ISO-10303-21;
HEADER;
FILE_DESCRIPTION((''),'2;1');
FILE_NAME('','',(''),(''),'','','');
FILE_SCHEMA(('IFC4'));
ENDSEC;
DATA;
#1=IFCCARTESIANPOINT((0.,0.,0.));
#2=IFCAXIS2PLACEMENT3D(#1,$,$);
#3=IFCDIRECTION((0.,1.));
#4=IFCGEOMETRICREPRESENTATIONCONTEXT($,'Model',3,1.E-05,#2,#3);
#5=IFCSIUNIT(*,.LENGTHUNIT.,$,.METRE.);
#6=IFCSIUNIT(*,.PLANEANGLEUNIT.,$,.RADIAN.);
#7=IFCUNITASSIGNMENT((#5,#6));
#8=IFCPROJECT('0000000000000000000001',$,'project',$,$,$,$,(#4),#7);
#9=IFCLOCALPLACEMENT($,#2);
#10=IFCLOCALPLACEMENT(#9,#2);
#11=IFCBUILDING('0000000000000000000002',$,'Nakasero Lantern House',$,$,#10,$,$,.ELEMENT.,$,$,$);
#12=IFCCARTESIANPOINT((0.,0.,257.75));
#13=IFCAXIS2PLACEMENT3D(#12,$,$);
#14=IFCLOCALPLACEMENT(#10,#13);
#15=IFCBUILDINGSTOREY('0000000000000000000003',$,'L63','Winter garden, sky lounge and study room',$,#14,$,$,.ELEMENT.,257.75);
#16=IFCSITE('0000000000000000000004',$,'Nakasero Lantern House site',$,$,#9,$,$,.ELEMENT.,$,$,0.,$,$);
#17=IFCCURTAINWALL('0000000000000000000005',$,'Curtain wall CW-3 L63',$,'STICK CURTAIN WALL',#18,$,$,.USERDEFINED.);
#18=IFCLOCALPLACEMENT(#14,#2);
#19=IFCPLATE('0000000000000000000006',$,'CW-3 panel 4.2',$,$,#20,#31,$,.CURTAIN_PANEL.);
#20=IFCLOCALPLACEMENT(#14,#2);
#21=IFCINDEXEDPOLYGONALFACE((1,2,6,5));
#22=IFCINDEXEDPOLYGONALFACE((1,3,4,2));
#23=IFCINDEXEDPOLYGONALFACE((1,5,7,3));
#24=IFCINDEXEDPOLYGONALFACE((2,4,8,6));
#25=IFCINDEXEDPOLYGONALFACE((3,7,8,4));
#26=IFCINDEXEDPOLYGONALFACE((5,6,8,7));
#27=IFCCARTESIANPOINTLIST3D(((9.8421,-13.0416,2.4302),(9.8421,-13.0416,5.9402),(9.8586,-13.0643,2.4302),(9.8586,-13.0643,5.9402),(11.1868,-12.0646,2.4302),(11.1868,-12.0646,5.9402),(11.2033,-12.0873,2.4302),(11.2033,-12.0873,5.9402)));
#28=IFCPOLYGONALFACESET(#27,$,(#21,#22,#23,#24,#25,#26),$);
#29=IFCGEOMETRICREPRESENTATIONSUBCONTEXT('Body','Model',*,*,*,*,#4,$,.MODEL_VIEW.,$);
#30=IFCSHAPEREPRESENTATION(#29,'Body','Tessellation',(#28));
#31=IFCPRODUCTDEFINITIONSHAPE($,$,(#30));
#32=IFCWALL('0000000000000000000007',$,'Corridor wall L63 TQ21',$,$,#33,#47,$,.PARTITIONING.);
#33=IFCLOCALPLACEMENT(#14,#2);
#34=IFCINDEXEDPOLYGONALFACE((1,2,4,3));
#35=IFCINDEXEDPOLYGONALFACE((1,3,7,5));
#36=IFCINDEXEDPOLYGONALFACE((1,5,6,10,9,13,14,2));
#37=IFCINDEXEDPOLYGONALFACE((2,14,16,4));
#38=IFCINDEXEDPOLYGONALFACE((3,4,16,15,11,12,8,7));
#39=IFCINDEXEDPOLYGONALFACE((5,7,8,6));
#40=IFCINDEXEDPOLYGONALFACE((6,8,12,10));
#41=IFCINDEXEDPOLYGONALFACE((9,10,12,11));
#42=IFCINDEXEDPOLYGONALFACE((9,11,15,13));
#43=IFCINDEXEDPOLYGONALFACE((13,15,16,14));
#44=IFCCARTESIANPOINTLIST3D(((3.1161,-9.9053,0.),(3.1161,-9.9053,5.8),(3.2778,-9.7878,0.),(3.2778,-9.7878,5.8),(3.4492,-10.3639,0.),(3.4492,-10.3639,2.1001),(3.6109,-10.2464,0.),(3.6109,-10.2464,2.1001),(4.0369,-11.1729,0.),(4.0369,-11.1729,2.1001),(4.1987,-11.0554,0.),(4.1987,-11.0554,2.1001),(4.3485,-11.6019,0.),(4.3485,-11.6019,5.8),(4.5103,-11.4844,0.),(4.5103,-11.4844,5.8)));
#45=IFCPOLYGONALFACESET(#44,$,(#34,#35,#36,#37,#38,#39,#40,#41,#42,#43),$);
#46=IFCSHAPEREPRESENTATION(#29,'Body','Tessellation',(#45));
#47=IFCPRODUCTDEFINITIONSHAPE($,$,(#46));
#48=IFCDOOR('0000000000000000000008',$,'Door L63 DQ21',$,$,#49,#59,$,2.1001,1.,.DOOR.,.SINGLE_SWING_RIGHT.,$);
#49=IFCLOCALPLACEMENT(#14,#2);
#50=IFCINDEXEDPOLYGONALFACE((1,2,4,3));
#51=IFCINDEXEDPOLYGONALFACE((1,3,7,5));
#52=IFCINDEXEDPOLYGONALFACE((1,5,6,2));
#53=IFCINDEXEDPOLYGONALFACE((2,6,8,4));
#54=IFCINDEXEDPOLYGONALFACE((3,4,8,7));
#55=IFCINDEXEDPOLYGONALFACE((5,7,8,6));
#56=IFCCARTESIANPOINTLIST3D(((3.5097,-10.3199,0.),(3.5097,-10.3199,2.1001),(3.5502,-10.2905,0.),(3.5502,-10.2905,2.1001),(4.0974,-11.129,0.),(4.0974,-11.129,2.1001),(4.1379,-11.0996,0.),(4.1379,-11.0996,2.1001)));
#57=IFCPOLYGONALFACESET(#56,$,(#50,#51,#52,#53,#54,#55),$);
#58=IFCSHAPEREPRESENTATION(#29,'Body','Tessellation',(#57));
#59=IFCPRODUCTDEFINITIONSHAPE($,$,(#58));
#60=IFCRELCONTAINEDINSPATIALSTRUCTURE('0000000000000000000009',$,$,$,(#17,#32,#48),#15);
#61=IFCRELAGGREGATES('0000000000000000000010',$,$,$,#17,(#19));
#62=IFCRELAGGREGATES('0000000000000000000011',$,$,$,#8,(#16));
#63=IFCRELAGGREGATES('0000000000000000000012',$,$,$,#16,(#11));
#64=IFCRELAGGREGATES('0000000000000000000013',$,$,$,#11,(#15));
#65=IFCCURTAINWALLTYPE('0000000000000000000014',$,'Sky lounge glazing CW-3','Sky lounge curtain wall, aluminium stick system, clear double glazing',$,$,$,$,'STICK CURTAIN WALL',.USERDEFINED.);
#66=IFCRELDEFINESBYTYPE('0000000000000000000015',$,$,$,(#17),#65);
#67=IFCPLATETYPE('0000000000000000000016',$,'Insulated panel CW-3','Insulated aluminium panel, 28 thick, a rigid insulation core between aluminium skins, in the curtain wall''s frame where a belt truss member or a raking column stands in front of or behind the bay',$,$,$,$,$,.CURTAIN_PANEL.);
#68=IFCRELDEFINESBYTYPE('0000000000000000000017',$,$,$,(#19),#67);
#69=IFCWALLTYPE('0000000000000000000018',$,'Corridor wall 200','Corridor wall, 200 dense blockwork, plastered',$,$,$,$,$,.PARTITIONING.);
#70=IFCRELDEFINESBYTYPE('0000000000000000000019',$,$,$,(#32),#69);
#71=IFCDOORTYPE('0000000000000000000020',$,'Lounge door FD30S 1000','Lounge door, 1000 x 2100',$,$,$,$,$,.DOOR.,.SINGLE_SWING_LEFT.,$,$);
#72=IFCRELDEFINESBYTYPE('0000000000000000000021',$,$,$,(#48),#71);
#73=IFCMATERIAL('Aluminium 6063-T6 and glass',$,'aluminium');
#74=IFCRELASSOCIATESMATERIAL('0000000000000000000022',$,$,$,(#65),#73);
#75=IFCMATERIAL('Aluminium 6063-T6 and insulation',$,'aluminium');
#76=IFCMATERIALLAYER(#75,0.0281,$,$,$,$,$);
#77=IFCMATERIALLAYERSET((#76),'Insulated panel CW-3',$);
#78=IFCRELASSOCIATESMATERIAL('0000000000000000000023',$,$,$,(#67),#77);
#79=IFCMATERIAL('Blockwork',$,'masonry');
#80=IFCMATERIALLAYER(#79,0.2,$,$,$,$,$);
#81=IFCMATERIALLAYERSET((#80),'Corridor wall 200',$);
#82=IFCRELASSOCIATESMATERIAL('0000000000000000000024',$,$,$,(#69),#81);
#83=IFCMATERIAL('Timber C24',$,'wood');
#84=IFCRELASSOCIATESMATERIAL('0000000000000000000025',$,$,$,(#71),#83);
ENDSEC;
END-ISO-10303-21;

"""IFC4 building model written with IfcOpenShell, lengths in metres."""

from ifc_helpers import new_model, si_unit, direction, frame, frame_2d, origin, origin_2d, place, context, subcontext, project, spatial, rectangle, extrude, material, layer, layer_set, type_object, element, fill, aggregate, save


model = new_model("IFC4")

# Units and contexts
model_context = context("Model", 3, precision=1e-05, world=origin(), true_north=direction((0.0, 1.0)))
body_context = subcontext(model_context, "Body", "Model", "MODEL_VIEW")
ifc_project = project(units=[si_unit("LENGTHUNIT", "METRE"), si_unit("PLANEANGLEUNIT", "RADIAN")], contexts=[model_context])

# Site, building, storey
site_placement = place(None, origin())
site = spatial("IfcSite", under=ifc_project, at=site_placement, Name="Nakasero Lantern House site", CompositionType="ELEMENT", RefElevation=0.0)
building_placement = place(site_placement, origin())
building = spatial("IfcBuilding", under=site, at=building_placement, Name="Nakasero Lantern House", CompositionType="ELEMENT")
storey_placement = place(building_placement, frame((0.0, 0.0, 257.75)))
storey = spatial("IfcBuildingStorey", under=building, at=storey_placement, Name="L63", Description="Winter garden, sky lounge and study room", CompositionType="ELEMENT", Elevation=257.75)

# Curtain wall
ifc_material_1 = material(Name="Aluminium 6063-T6 and glass", Category="aluminium")
curtain_wall_type = type_object("IfcCurtainWallType", Name="Sky lounge glazing CW-3", Description="Sky lounge curtain wall, aluminium stick system, clear double glazing", ElementType="STICK CURTAIN WALL", PredefinedType="USERDEFINED", material=ifc_material_1)
curtain_wall_placement = place(storey_placement, origin())
curtain_wall = element("IfcCurtainWall", 1, at=curtain_wall_placement, inside=storey, type_object=curtain_wall_type, Name="Curtain wall CW-3 L63", ObjectType="STICK CURTAIN WALL", PredefinedType="USERDEFINED")

# Plate
ifc_material_2 = material(Name="Aluminium 6063-T6 and insulation", Category="aluminium")
ifc_layer_1 = layer(ifc_material_2, 0.0281)
ifc_layer_set_1 = layer_set([ifc_layer_1], Name="Insulated panel CW-3")
plate_type = type_object("IfcPlateType", Name="Insulated panel CW-3", Description="Insulated aluminium panel, 28 thick, a rigid insulation core between aluminium skins, in the curtain wall's frame where a belt truss member or a raking column stands in front of or behind the bay", PredefinedType="CURTAIN_PANEL", material=ifc_layer_set_1)
plate_1_placement = place(storey_placement, frame((10.5227, -12.5645, 2.4302), z_axis=(0.0, 0.0, 1.0), x_axis=(0.809017, 0.587785, 0.0)))
plate_1 = element("IfcPlate", 2, at=plate_1_placement, type_object=plate_type, Name="CW-3 panel 4.2", PredefinedType="CURTAIN_PANEL", context=body_context, shape_type="SweptSolid", body=[
    extrude(rectangle(XDim=1.6621, YDim=0.0281, at=origin_2d()), origin(), (0.0, 0.0, 1.0), 3.51),
])
aggregate(curtain_wall, [plate_1])

# Wall, opening, door
ifc_material_3 = material(Name="Blockwork", Category="masonry")
ifc_layer_2 = layer(ifc_material_3, 0.2)
ifc_layer_set_2 = layer_set([ifc_layer_2], Name="Corridor wall 200")
wall_type = type_object("IfcWallType", Name="Corridor wall 200", Description="Corridor wall, 200 dense blockwork, plastered", PredefinedType="PARTITIONING", material=ifc_layer_set_2)
wall_placement = place(storey_placement, frame((3.197, -9.8467, 0.0), z_axis=(0.0, 0.0, 1.0), x_axis=(0.587729, -0.809058, 0.0)))
wall = element("IfcWall", 3, at=wall_placement, inside=storey, type_object=wall_type, Name="Corridor wall L63 TQ21", PredefinedType="PARTITIONING", context=body_context, shape_type="SweptSolid", body=[
    extrude(rectangle(XDim=2.0969, YDim=0.2, at=frame_2d((1.0483, 0.0))), origin(), (0.0, 0.0, 1.0), 5.8),
])
opening_placement = place(wall_placement, frame((0.5667, 0.0, 0.0)))
opening = element("IfcOpeningElement", 4, at=opening_placement, cuts=wall, PredefinedType="OPENING", context=body_context, shape_type="SweptSolid", body=[
    extrude(rectangle(XDim=1.0, YDim=2.1001, at=frame_2d((0.5, 1.05))), frame((0.0, 0.1199, 0.0), z_axis=(0.0, -1.0, 0.0), x_axis=(1.0, 0.0, 0.0)), (0.0, 0.0, 1.0), 0.24),
])
ifc_material_4 = material(Name="Timber C24", Category="wood")
door_type = type_object("IfcDoorType", Name="Lounge door FD30S 1000", Description="Lounge door, 1000 x 2100", OperationType="SINGLE_SWING_LEFT", PredefinedType="DOOR", material=ifc_material_4)
door_placement = place(opening_placement, origin())
door = element("IfcDoor", 5, at=door_placement, inside=storey, type_object=door_type, Name="Door L63 DQ21", OperationType="SINGLE_SWING_RIGHT", OverallHeight=2.1001, OverallWidth=1.0, PredefinedType="DOOR", context=body_context, shape_type="SweptSolid", body=[
    extrude(rectangle(XDim=1.0, YDim=2.1001, at=frame_2d((0.5, 1.05))), frame((0.0, 0.0249, 0.0), z_axis=(0.0, -1.0, 0.0), x_axis=(1.0, 0.0, 0.0)), (0.0, 0.0, 1.0), 0.05),
])
fill(opening, door)

save(model, "model.ifc")
